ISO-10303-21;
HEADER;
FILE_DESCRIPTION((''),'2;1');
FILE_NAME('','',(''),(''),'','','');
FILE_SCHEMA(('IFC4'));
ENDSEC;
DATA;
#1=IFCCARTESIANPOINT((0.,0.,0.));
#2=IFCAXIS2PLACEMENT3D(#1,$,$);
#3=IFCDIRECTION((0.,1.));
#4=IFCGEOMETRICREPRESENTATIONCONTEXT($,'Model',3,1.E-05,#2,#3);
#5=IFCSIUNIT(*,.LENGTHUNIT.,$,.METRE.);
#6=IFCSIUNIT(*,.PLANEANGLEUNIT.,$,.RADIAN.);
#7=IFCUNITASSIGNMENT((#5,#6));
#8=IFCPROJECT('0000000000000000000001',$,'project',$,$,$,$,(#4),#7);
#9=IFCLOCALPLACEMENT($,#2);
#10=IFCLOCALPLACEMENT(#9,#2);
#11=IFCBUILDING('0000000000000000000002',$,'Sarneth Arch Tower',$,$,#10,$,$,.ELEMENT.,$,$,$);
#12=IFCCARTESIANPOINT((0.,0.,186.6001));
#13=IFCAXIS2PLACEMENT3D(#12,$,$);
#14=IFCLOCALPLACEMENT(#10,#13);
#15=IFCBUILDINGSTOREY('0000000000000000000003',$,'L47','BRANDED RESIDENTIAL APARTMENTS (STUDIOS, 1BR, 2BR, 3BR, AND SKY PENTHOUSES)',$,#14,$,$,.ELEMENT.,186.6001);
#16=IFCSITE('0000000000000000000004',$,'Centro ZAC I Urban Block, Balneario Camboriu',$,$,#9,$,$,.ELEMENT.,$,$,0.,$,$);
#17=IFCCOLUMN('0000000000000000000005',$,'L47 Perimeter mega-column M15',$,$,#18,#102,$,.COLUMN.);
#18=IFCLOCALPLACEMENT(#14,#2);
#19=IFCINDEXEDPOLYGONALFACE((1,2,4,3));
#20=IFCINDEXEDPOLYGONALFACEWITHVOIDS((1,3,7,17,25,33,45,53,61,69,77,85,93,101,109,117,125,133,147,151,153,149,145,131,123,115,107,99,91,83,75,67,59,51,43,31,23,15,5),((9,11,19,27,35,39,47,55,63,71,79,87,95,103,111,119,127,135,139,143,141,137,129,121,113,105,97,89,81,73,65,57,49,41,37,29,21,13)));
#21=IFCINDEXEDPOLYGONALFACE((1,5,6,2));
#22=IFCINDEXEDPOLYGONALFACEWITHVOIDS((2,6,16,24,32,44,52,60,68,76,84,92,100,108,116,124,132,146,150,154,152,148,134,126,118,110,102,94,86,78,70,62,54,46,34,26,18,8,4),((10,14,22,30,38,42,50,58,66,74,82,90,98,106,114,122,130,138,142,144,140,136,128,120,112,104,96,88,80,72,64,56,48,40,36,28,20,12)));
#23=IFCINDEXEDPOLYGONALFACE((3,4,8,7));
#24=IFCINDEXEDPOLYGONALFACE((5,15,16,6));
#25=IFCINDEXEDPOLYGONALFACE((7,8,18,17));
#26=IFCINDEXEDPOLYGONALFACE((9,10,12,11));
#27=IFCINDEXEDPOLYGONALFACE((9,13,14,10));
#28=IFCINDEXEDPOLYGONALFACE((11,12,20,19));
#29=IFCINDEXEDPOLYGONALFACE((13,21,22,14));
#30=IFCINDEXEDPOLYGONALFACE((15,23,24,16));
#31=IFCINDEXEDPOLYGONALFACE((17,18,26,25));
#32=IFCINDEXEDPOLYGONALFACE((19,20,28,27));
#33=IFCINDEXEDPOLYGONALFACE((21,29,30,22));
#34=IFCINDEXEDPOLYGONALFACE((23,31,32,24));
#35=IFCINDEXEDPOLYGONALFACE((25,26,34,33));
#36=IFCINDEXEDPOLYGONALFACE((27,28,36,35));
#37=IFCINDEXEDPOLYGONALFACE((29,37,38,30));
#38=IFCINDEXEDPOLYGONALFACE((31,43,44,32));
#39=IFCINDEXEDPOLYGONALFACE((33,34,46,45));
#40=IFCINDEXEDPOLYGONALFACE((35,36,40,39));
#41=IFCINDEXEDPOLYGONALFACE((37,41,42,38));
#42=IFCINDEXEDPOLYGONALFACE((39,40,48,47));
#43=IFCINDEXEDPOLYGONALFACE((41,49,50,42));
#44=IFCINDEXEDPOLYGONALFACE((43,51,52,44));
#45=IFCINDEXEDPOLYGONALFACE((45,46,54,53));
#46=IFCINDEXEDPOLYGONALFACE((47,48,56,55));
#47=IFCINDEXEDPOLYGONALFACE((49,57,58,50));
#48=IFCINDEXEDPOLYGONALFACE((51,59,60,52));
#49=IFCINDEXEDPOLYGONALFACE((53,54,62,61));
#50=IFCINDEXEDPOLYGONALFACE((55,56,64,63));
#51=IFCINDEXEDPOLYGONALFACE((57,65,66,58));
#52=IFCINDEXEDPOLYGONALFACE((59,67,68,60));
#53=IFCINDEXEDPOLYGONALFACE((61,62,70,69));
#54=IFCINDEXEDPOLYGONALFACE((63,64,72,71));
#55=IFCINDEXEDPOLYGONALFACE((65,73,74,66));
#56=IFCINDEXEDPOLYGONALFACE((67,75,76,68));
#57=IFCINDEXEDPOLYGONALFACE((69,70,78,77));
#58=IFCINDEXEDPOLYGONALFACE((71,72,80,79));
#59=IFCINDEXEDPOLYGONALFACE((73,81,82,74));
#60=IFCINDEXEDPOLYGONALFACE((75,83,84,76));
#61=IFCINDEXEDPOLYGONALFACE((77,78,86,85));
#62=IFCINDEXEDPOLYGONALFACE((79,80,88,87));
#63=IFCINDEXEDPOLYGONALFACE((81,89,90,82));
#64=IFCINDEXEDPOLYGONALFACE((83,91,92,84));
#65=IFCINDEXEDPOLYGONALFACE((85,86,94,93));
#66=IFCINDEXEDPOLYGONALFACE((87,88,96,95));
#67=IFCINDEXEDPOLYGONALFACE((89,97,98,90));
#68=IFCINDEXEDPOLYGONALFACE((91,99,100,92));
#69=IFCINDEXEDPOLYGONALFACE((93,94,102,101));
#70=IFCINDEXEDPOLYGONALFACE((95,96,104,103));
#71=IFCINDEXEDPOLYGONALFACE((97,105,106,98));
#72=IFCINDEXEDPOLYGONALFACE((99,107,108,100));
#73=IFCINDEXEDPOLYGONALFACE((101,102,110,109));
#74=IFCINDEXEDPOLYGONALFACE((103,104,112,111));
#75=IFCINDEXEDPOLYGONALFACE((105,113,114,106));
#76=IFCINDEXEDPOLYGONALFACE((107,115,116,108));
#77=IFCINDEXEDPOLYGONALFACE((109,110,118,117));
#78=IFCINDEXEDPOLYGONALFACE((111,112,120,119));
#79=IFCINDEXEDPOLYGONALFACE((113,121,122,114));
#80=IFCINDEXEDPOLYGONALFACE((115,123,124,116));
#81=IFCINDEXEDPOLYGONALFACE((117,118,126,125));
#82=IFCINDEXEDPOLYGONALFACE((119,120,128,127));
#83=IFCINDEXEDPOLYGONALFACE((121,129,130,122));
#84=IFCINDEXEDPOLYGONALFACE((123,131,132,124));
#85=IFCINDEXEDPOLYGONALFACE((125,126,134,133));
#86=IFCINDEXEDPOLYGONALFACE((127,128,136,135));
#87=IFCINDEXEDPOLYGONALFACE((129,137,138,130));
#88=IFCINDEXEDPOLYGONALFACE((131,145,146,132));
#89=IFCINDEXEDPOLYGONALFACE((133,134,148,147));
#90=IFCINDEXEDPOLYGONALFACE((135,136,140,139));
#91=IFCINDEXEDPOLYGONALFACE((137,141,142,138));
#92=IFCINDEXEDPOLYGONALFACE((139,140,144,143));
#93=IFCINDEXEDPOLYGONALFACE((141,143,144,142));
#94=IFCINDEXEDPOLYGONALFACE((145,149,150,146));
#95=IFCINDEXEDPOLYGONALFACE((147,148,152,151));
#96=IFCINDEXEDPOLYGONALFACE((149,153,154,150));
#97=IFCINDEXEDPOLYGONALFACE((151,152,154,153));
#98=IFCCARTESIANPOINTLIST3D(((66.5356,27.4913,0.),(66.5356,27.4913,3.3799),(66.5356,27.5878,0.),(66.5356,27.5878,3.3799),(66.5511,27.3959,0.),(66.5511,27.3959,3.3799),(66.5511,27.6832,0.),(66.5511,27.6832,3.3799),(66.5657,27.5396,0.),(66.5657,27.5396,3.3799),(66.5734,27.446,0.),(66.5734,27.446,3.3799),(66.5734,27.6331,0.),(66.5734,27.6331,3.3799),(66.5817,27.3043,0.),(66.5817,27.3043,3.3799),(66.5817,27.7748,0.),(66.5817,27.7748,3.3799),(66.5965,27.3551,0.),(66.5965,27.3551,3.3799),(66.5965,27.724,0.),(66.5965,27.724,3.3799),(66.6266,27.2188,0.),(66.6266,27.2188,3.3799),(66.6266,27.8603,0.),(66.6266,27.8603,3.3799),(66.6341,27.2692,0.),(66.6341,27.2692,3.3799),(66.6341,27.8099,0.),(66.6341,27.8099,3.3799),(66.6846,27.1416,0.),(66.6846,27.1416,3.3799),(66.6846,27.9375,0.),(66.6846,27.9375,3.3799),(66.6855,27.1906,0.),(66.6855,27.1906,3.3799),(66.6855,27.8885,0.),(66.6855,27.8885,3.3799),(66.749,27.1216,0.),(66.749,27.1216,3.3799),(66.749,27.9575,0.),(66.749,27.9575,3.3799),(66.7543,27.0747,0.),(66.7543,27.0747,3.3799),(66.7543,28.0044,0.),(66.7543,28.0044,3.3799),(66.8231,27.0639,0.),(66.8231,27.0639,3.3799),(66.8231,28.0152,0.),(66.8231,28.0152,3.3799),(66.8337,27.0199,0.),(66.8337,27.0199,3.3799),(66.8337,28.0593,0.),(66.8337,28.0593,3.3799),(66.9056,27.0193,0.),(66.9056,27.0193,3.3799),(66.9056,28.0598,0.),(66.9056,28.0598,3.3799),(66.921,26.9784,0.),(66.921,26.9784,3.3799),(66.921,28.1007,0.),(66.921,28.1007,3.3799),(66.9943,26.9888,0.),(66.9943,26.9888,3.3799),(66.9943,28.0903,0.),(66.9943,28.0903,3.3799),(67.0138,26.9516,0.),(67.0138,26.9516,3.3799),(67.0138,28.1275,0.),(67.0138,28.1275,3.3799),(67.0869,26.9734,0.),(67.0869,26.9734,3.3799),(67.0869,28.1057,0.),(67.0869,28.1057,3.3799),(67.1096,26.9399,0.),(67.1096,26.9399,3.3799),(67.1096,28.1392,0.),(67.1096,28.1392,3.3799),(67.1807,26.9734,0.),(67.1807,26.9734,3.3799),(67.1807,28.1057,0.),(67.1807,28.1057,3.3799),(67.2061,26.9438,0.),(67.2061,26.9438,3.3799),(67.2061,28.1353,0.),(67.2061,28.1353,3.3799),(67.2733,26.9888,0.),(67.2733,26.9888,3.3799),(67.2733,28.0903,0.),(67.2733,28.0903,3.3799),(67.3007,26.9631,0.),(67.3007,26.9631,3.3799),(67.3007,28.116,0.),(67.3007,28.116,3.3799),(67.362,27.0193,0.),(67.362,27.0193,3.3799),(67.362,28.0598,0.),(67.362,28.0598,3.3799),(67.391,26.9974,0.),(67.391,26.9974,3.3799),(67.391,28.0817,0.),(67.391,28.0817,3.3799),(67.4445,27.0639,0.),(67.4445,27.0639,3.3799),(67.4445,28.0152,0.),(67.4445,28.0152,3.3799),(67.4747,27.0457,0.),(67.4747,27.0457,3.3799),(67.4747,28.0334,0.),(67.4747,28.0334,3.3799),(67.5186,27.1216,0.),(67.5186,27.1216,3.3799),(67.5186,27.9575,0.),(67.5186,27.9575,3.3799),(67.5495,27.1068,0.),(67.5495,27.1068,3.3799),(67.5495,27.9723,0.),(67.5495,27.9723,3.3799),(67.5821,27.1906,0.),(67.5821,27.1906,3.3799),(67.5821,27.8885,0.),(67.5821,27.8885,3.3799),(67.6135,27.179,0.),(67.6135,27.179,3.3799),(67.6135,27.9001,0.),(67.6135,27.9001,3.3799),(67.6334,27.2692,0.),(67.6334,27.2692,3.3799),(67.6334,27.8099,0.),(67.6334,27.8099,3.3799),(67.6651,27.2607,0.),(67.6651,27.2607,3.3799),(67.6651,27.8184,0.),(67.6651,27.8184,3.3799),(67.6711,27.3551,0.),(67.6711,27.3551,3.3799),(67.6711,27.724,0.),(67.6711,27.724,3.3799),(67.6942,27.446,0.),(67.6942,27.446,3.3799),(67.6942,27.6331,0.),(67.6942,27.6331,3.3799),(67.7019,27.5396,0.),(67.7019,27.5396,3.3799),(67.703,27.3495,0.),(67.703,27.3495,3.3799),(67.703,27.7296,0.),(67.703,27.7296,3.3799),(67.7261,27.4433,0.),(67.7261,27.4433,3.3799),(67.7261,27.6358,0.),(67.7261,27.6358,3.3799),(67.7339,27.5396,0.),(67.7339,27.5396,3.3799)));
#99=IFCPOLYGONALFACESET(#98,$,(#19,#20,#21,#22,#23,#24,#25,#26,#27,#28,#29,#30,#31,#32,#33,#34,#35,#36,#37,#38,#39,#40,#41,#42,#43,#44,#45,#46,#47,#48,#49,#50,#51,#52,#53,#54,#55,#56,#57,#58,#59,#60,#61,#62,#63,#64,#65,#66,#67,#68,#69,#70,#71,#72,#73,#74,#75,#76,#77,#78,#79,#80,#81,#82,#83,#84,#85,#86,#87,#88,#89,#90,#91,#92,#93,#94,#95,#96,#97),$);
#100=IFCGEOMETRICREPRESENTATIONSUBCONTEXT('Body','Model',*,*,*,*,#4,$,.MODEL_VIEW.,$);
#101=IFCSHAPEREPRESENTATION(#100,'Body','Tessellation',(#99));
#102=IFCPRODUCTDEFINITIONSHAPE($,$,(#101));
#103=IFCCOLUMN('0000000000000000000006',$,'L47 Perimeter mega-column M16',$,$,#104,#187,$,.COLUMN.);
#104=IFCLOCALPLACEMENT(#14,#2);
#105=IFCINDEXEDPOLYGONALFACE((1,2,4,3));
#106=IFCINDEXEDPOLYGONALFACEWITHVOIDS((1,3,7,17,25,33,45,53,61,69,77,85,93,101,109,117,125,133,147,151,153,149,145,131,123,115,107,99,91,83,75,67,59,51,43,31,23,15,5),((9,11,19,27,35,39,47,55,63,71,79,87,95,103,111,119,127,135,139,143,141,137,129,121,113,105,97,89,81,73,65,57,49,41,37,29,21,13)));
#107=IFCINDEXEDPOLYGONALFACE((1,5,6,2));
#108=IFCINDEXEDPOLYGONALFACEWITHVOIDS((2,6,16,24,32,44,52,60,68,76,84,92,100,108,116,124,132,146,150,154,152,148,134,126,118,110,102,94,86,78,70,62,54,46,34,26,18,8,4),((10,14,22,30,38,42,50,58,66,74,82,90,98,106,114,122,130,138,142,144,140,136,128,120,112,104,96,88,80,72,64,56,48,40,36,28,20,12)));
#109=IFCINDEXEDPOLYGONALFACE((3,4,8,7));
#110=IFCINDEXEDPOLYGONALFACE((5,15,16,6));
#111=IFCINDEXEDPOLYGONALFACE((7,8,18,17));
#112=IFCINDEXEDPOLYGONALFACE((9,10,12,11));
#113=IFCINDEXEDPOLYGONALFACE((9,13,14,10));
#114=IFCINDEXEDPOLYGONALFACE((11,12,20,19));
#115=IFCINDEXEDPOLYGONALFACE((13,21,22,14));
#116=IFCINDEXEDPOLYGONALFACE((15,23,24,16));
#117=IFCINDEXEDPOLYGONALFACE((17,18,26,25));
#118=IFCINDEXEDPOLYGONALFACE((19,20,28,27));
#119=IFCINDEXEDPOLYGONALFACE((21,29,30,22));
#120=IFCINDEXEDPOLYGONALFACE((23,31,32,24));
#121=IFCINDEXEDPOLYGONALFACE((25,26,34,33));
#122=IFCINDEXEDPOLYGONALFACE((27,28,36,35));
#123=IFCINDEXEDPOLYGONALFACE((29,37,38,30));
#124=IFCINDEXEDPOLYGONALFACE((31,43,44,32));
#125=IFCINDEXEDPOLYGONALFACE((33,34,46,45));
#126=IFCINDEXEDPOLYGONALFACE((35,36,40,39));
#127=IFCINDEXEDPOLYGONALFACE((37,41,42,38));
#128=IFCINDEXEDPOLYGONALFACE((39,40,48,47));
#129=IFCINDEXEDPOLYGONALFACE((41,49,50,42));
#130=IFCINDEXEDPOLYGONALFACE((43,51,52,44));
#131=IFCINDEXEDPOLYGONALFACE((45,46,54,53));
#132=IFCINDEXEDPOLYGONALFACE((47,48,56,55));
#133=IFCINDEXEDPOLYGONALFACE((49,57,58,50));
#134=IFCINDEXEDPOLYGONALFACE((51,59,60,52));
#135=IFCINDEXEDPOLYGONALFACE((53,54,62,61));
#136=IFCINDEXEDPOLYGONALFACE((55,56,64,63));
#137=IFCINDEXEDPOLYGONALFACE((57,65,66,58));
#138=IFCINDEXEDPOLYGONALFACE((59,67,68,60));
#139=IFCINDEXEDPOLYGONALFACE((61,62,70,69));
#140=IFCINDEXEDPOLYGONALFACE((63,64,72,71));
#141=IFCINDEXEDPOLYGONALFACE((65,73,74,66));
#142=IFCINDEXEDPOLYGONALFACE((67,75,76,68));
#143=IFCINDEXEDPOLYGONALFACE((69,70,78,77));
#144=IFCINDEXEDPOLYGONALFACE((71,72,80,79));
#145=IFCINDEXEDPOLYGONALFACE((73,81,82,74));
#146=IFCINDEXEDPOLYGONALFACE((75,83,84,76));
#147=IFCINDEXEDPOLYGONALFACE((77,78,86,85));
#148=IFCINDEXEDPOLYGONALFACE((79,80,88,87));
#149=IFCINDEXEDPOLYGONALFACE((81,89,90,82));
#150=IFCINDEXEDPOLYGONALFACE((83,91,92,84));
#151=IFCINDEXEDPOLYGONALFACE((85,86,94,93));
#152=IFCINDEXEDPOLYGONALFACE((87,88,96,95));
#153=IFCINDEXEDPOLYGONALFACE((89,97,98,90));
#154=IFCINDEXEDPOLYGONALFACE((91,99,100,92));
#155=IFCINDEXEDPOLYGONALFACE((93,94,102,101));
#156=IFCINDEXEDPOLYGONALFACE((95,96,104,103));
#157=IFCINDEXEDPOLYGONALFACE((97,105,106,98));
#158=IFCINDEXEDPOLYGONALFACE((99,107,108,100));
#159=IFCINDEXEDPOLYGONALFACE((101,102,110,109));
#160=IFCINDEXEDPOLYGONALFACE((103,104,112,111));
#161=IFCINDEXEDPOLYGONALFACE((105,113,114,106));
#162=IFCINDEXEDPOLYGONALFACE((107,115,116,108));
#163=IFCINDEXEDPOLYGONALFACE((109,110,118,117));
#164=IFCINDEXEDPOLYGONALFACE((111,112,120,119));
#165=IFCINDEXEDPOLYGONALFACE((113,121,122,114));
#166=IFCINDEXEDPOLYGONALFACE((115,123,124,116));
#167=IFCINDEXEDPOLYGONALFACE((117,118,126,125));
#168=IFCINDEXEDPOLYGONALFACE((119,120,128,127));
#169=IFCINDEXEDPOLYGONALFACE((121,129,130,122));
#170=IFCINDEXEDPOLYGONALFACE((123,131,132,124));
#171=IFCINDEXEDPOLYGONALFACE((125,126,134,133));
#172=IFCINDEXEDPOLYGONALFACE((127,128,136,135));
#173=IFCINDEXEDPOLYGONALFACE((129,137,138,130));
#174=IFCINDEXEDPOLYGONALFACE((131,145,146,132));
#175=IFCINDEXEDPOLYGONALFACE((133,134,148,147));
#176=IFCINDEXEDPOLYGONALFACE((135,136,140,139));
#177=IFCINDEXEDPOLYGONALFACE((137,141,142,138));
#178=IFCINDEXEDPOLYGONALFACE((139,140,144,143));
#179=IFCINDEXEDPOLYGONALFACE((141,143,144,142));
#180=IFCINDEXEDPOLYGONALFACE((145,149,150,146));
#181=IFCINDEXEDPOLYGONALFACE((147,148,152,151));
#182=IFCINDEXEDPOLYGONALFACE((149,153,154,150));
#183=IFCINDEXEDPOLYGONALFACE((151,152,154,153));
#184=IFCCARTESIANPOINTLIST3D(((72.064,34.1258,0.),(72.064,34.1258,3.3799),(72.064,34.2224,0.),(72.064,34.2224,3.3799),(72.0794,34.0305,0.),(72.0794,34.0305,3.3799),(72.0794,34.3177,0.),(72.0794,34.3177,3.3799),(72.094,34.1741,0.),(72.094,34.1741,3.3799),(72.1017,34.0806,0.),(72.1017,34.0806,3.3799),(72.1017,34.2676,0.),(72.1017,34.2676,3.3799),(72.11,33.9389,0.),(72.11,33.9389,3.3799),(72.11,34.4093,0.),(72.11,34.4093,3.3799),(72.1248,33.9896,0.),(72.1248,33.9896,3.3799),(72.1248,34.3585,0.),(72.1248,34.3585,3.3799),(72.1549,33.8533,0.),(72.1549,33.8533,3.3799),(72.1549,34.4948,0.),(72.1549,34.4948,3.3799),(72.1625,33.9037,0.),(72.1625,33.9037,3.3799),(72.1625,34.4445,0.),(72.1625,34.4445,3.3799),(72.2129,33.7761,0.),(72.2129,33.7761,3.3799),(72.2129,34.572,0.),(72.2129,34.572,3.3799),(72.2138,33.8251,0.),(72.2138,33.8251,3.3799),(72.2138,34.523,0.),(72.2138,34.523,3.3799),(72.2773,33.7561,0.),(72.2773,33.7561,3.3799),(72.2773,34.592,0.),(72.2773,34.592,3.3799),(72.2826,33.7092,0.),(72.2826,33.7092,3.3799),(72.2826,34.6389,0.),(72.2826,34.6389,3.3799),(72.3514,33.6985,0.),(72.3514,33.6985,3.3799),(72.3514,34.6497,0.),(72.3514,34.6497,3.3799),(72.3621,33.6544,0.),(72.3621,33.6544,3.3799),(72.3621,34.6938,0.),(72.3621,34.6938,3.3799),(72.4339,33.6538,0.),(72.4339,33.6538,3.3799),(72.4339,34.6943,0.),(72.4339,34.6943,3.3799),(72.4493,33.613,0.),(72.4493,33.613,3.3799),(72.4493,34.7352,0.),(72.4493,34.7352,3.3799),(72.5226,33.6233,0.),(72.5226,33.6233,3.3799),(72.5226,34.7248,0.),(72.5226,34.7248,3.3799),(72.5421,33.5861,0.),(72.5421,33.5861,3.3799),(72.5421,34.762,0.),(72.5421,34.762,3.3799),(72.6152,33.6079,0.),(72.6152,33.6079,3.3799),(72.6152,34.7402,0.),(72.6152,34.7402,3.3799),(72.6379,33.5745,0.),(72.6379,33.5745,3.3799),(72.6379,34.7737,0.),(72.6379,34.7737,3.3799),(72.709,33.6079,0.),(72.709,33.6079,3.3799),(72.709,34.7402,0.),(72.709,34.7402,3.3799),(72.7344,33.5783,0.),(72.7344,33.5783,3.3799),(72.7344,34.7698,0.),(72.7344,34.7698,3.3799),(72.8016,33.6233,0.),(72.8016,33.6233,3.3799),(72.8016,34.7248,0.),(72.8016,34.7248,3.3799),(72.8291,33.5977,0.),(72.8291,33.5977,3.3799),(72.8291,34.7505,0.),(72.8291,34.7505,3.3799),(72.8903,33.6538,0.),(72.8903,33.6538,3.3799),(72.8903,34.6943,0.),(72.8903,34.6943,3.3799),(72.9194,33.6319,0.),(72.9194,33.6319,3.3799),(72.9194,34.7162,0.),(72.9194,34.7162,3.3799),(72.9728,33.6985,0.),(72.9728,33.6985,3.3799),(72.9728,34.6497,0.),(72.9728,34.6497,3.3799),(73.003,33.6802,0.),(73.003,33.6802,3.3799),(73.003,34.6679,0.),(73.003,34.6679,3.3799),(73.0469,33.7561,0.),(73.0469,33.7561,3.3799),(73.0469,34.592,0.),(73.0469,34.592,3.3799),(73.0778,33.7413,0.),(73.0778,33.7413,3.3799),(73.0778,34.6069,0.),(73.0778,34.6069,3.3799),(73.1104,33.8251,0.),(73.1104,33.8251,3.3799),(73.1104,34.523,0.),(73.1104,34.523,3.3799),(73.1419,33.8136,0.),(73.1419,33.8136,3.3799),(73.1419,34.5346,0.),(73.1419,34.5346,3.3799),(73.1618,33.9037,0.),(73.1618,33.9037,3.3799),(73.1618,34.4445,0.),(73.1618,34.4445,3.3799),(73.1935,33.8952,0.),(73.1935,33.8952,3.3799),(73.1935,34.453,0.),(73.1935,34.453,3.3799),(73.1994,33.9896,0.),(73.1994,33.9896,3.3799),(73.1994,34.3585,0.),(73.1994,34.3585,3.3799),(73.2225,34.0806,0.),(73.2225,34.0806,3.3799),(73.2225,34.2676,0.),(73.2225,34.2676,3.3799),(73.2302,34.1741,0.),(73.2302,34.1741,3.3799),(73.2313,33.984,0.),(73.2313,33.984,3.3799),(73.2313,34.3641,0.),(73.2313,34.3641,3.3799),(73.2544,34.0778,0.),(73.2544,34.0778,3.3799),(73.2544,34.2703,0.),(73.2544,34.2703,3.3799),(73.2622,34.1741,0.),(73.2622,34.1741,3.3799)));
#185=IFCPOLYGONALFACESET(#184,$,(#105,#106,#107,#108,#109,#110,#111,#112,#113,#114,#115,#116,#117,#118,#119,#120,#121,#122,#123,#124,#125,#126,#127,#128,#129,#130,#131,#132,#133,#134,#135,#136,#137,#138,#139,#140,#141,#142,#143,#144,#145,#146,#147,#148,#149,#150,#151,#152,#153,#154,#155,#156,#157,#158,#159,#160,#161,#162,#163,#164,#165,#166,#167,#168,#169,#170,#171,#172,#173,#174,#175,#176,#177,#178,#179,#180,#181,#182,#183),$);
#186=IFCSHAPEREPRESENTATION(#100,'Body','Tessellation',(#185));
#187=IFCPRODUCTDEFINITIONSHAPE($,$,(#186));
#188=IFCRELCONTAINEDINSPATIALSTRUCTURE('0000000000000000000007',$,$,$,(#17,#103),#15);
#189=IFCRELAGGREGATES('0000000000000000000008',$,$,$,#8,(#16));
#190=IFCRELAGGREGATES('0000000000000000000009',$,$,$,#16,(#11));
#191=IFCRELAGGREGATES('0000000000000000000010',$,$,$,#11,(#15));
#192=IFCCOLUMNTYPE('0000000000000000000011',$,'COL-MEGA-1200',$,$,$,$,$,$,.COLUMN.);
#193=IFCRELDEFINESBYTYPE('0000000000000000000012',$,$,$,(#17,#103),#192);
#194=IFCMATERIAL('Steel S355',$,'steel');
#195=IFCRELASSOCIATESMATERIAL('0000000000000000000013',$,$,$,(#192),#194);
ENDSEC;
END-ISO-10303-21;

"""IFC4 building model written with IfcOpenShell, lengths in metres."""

from ifc_helpers import new_model, si_unit, direction, frame, origin, origin_2d, place, context, subcontext, project, spatial, hollow_circle, extrude, material, material_profile, profile_set, type_object, element, save


model = new_model("IFC4")

# Units and contexts
model_context = context("Model", 3, precision=1e-05, world=origin(), true_north=direction((0.0, 1.0)))
body_context = subcontext(model_context, "Body", "Model", "MODEL_VIEW")
ifc_project = project(units=[si_unit("LENGTHUNIT", "METRE"), si_unit("PLANEANGLEUNIT", "RADIAN")], contexts=[model_context])

# Site, building, storey
site_placement = place(None, origin())
site = spatial("IfcSite", under=ifc_project, at=site_placement, Name="Centro ZAC I Urban Block, Balneario Camboriu", CompositionType="ELEMENT", RefElevation=0.0)
building_placement = place(site_placement, origin())
building = spatial("IfcBuilding", under=site, at=building_placement, Name="Sarneth Arch Tower", CompositionType="ELEMENT")
storey_placement = place(building_placement, frame((0.0, 0.0, 186.6001)))
storey = spatial("IfcBuildingStorey", under=building, at=storey_placement, Name="L47", Description="BRANDED RESIDENTIAL APARTMENTS (STUDIOS, 1BR, 2BR, 3BR, AND SKY PENTHOUSES)", CompositionType="ELEMENT", Elevation=186.6001)

# Columns
ifc_material_1 = material(Name="Steel S355", Category="steel")
ifc_material_profile_1 = material_profile(ifc_material_1, hollow_circle(Radius=0.6001, WallThickness=0.032, at=origin_2d()), Name="CHS1200x32")
ifc_profile_set_1 = profile_set([ifc_material_profile_1], Name="Steel S355")
column_type = type_object("IfcColumnType", Name="COL-MEGA-1200", PredefinedType="COLUMN", material=ifc_profile_set_1)
for number, where, z_axis, x_axis, name in (
    (1, (67.1338, 27.5396, 0.0), (0.0, 0.0, 1.0), (1.0, 0.0, 0.0), "L47 Perimeter mega-column M15"),
    (2, (72.6621, 34.1741, 0.0), (0.0, 0.0, 1.0), (1.0, 0.0, 0.0), "L47 Perimeter mega-column M16"),
):
    element("IfcColumn", number, at=place(storey_placement, frame(where, z_axis=z_axis, x_axis=x_axis)), inside=storey, type_object=column_type, Name=name, PredefinedType="COLUMN", context=body_context, shape_type="SweptSolid", body=[
        extrude(hollow_circle(Radius=0.6001, WallThickness=0.032, at=origin_2d()), origin(), (0.0, 0.0, 1.0), 3.3799),
    ])

save(model, "model.ifc")
